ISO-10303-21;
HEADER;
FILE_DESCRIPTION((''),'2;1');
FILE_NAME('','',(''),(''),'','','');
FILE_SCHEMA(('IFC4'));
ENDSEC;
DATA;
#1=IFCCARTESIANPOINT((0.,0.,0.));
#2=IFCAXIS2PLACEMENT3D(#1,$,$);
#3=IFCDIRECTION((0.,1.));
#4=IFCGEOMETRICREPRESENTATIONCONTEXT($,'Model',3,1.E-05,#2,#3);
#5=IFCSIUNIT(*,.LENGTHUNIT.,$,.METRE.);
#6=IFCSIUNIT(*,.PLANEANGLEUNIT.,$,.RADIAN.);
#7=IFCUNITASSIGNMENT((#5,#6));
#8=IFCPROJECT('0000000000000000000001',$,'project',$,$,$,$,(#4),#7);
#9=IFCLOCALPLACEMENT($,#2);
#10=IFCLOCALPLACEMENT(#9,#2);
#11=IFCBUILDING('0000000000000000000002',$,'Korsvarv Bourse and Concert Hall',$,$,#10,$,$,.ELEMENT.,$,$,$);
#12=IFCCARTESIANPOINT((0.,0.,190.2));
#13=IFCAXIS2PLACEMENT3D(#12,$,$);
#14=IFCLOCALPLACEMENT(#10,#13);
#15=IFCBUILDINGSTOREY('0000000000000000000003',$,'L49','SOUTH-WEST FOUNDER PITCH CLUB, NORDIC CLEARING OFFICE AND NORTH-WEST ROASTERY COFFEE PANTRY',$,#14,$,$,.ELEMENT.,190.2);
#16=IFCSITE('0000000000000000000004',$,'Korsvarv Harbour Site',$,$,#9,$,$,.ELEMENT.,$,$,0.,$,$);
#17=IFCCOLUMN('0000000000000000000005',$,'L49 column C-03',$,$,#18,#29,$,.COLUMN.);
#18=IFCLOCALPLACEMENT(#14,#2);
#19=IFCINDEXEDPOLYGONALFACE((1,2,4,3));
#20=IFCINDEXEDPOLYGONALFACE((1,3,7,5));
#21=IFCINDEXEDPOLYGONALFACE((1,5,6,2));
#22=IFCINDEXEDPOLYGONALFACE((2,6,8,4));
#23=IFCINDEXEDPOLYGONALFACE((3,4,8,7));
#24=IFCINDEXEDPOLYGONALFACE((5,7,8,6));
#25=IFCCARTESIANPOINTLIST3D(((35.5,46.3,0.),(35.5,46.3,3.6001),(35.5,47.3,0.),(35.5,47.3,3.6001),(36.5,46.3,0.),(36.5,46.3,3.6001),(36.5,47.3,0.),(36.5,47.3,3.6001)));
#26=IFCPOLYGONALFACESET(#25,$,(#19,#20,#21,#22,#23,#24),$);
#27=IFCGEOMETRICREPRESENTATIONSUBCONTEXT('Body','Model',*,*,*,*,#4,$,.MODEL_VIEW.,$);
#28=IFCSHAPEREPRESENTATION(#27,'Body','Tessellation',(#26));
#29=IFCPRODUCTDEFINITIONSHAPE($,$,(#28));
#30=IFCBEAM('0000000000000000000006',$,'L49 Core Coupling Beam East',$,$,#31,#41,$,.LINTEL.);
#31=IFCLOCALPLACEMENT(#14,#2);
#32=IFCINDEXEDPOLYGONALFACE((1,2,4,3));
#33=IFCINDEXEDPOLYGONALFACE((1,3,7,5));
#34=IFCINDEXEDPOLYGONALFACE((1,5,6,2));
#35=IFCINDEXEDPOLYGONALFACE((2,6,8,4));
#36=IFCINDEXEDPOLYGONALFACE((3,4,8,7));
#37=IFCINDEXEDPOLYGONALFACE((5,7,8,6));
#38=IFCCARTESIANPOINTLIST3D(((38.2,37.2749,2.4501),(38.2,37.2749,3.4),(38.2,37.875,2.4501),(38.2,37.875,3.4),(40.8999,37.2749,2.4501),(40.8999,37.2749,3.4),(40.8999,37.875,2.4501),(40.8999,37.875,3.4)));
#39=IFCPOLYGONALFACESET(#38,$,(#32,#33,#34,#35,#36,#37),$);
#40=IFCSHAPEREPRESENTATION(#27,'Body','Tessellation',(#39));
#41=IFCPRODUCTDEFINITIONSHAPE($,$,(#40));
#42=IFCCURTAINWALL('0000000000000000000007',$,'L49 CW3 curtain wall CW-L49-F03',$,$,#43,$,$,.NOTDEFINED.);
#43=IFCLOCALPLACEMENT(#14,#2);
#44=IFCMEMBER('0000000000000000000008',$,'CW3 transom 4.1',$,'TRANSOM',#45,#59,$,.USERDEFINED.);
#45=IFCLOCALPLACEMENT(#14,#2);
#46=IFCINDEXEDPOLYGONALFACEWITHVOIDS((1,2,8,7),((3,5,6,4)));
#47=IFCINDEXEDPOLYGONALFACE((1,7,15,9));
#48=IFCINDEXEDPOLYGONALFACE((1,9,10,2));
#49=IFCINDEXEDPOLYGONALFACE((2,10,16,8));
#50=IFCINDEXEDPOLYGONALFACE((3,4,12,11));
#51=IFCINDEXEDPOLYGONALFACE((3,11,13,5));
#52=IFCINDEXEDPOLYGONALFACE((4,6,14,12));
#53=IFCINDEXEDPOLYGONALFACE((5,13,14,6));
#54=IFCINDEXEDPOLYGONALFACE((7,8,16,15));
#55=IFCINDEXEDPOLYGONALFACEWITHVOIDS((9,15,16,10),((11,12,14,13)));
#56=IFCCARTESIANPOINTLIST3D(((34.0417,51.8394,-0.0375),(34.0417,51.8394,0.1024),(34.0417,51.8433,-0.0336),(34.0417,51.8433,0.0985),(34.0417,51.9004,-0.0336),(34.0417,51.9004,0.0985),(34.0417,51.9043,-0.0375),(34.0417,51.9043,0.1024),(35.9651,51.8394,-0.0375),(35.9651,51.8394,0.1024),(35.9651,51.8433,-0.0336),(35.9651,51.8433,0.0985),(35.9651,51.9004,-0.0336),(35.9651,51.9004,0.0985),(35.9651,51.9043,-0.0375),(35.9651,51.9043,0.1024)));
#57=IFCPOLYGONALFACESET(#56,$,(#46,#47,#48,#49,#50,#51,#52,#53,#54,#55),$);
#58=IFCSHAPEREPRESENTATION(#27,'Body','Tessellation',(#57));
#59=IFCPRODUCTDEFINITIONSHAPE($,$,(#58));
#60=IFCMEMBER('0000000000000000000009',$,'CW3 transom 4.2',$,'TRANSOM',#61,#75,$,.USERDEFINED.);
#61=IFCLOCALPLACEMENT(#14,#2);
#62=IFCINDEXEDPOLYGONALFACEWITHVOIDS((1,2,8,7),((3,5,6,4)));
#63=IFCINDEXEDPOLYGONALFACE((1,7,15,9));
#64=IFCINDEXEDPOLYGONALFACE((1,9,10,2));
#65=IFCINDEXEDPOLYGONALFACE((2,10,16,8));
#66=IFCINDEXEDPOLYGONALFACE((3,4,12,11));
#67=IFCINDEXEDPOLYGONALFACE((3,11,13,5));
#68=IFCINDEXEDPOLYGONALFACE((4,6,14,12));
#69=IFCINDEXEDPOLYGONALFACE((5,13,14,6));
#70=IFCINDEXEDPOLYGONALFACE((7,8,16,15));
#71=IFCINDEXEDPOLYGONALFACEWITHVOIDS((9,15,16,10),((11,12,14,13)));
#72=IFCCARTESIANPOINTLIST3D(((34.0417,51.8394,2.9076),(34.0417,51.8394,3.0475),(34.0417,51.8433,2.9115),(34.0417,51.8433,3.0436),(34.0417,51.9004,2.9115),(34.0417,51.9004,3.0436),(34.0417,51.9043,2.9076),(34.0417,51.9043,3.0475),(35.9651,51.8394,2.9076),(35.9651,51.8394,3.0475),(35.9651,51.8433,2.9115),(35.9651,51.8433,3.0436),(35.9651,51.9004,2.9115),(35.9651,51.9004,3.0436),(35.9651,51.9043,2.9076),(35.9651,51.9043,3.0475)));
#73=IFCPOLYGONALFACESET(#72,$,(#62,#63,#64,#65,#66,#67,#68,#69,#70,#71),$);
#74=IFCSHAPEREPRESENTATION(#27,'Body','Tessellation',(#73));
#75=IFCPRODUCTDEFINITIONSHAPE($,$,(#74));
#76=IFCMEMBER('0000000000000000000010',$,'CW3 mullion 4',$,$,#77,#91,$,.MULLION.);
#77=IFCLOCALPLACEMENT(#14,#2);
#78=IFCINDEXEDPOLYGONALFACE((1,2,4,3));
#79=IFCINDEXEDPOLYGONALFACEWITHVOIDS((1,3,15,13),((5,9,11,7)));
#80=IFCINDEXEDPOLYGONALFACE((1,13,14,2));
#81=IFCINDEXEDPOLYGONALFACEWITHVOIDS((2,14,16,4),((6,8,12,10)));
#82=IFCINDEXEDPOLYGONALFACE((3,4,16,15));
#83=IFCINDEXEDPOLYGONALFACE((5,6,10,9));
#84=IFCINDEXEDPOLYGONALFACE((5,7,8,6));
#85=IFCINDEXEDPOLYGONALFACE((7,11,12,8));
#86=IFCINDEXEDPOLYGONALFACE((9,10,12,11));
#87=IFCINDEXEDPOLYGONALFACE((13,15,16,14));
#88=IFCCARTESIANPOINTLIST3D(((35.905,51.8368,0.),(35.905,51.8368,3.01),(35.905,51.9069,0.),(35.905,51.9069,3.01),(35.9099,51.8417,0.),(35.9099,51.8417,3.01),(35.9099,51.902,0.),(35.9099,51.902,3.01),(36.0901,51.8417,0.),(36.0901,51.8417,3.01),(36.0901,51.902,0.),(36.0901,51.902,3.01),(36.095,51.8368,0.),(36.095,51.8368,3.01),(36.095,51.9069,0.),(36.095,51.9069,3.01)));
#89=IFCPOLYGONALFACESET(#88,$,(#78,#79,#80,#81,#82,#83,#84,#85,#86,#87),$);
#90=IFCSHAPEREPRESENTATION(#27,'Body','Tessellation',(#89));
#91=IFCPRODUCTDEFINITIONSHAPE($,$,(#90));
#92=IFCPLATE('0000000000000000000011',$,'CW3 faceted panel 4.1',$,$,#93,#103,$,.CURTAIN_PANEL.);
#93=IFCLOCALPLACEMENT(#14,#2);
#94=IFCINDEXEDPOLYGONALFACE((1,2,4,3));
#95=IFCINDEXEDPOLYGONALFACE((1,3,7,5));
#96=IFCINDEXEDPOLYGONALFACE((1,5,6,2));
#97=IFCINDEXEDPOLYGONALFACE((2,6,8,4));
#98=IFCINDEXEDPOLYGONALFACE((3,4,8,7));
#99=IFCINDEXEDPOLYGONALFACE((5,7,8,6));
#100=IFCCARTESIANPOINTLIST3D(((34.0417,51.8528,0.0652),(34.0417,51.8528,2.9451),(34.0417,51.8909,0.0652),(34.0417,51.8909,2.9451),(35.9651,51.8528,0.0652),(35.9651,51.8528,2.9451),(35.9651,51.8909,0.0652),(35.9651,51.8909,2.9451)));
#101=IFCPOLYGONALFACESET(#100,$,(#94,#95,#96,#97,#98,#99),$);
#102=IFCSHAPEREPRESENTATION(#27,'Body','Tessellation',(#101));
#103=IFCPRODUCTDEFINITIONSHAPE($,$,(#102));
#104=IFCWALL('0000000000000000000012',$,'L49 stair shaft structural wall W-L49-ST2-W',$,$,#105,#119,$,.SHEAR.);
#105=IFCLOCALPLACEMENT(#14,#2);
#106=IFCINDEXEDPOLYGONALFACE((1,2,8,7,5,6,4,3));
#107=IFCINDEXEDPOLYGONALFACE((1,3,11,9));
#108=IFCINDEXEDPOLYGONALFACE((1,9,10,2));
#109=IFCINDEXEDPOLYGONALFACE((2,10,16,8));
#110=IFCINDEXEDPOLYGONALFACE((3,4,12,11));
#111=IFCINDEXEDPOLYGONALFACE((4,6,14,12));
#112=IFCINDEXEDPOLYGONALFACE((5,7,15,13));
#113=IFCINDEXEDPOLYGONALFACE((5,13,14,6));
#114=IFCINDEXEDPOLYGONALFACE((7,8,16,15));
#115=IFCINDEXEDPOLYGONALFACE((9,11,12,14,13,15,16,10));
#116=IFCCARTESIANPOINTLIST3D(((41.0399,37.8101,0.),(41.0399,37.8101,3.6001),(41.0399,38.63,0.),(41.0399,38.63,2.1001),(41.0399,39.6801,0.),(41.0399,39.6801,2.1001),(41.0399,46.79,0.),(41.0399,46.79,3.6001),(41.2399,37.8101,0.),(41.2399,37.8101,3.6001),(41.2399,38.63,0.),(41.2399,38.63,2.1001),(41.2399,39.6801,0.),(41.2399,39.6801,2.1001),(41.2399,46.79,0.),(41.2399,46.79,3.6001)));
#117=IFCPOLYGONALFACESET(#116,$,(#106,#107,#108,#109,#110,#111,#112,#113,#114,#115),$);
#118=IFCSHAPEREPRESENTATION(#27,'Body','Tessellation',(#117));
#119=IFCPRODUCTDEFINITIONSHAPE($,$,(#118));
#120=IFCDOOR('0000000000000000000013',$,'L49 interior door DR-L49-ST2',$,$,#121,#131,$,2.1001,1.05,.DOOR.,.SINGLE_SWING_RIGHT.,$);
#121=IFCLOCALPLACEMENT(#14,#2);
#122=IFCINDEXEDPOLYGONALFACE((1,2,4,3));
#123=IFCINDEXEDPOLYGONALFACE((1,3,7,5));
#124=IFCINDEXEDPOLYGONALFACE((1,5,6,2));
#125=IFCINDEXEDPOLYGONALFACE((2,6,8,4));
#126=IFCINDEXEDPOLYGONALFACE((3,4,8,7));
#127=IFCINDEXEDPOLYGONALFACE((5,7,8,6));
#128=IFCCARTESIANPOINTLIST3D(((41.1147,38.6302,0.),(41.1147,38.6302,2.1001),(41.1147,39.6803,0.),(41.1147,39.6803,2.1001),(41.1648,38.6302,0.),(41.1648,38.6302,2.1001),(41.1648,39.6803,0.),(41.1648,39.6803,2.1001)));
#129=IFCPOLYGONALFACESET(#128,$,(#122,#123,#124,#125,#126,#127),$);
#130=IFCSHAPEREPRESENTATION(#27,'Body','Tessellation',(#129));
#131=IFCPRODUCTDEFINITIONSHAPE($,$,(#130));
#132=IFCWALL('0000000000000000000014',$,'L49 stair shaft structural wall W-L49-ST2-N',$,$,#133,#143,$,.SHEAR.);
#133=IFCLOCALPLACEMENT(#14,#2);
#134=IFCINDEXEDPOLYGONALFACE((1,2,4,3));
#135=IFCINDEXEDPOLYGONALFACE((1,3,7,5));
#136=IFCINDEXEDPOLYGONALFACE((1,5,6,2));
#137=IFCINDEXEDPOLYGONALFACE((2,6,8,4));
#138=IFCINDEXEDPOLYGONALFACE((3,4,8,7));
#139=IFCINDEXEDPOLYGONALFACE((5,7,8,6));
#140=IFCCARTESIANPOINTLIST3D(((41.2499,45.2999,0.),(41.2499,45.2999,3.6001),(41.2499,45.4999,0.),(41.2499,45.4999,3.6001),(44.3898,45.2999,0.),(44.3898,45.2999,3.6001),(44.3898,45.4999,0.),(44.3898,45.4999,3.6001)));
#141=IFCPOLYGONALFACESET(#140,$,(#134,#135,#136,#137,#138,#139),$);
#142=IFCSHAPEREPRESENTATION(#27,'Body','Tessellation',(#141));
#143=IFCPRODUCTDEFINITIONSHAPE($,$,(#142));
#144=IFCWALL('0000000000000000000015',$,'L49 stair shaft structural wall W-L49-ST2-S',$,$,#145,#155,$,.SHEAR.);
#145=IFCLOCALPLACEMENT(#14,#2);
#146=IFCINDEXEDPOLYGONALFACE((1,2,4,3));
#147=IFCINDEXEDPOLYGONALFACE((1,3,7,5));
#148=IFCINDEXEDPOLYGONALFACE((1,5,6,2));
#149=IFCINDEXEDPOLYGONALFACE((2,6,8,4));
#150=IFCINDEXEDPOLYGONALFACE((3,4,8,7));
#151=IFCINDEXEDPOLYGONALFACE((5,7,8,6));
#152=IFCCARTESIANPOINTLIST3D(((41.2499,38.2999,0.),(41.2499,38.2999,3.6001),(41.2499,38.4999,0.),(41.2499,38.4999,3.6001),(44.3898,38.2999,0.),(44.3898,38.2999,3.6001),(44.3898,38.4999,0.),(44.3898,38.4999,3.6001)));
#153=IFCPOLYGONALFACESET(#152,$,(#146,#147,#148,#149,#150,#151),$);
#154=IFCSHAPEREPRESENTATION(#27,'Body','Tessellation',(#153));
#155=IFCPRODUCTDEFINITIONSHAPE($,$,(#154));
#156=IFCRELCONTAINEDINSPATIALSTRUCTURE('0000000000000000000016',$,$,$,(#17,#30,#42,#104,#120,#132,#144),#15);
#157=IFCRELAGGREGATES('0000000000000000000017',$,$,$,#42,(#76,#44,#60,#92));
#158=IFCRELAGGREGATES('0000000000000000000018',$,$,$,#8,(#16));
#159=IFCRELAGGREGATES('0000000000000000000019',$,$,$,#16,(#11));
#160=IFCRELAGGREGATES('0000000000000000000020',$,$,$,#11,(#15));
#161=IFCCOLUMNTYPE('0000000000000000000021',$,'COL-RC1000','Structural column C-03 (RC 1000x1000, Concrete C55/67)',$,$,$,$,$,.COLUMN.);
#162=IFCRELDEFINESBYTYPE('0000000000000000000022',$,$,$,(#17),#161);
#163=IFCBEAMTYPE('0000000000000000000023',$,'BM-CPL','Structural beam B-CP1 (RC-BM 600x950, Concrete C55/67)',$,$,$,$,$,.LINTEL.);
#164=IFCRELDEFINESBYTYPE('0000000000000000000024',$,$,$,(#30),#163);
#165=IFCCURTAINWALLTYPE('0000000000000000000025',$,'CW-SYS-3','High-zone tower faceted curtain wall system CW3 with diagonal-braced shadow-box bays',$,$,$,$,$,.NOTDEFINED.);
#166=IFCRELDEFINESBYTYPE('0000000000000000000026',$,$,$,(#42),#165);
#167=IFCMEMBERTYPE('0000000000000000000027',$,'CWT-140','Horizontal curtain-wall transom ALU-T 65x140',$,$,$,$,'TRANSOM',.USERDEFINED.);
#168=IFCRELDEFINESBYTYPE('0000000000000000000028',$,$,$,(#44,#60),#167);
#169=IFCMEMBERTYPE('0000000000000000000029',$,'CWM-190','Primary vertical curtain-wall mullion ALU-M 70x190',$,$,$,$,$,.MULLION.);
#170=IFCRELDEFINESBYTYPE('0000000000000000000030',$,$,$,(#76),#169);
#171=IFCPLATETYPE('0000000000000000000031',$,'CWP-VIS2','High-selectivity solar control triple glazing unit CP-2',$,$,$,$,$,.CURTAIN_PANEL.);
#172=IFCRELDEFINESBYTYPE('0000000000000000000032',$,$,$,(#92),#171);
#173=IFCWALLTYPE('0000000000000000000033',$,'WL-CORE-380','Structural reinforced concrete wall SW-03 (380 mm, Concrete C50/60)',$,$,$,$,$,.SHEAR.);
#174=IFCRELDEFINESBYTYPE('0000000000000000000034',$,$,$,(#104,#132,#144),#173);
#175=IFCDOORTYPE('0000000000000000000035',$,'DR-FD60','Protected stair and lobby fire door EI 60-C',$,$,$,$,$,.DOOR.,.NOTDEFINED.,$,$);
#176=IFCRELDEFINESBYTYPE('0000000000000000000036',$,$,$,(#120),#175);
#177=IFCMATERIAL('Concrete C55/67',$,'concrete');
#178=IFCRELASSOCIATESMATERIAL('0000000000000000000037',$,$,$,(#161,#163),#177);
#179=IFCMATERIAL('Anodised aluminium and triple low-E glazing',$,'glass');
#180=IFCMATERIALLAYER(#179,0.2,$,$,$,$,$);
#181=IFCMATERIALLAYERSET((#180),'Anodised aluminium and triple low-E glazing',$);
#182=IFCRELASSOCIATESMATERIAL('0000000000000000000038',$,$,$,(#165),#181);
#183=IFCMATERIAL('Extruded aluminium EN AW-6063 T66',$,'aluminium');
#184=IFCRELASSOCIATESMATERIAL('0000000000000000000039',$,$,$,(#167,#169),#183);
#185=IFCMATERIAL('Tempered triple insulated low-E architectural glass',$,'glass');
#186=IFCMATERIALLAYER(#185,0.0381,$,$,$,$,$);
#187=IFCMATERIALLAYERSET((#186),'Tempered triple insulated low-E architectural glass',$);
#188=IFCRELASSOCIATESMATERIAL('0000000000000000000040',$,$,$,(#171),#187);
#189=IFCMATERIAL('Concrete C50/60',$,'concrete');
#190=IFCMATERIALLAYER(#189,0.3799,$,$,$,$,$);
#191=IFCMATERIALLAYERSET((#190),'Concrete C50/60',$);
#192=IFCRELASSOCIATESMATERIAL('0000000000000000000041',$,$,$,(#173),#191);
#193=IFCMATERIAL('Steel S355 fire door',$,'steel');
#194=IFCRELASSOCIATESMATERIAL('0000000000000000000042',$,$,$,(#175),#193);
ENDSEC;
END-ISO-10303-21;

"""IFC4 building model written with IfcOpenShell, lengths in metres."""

from ifc_helpers import new_model, si_unit, direction, frame, frame_2d, origin, origin_2d, place, context, subcontext, project, spatial, rectangle, hollow_rectangle, extrude, source, transform, mapped, material, layer, layer_set, material_profile, profile_set, type_object, element, fill, aggregate, save


model = new_model("IFC4")

# Units and contexts
model_context = context("Model", 3, precision=1e-05, world=origin(), true_north=direction((0.0, 1.0)))
body_context = subcontext(model_context, "Body", "Model", "MODEL_VIEW")
ifc_project = project(units=[si_unit("LENGTHUNIT", "METRE"), si_unit("PLANEANGLEUNIT", "RADIAN")], contexts=[model_context])

# Site, building, storey
site_placement = place(None, origin())
site = spatial("IfcSite", under=ifc_project, at=site_placement, Name="Korsvarv Harbour Site", CompositionType="ELEMENT", RefElevation=0.0)
building_placement = place(site_placement, origin())
building = spatial("IfcBuilding", under=site, at=building_placement, Name="Korsvarv Bourse and Concert Hall", CompositionType="ELEMENT")
storey_placement = place(building_placement, frame((0.0, 0.0, 190.2)))
storey = spatial("IfcBuildingStorey", under=building, at=storey_placement, Name="L49", Description="SOUTH-WEST FOUNDER PITCH CLUB, NORDIC CLEARING OFFICE AND NORTH-WEST ROASTERY COFFEE PANTRY", CompositionType="ELEMENT", Elevation=190.2)

# Column
ifc_material_1 = material(Name="Concrete C55/67", Category="concrete")
ifc_material_profile_1 = material_profile(ifc_material_1, rectangle(XDim=1.0, YDim=1.0, at=origin_2d()), Name="RC 1000x1000")
ifc_profile_set_1 = profile_set([ifc_material_profile_1], Name="Concrete C55/67")
column_type = type_object("IfcColumnType", Name="COL-RC1000", Description="Structural column C-03 (RC 1000x1000, Concrete C55/67)", PredefinedType="COLUMN", material=ifc_profile_set_1)
shared_shape_1 = source(origin(), body_context, "Body", "SweptSolid", [
    extrude(rectangle(XDim=1.0, YDim=1.0, at=origin_2d()), origin(), (0.0, 0.0, 1.0), 3.6001),
])
column_placement = place(storey_placement, frame((36.0, 46.8, 0.0), z_axis=(0.0, 0.0, 1.0), x_axis=(1.0, 0.0, 0.0)))
element("IfcColumn", 1, at=column_placement, inside=storey, type_object=column_type, Name="L49 column C-03", PredefinedType="COLUMN", context=body_context, shape_type="MappedRepresentation", body=[
    mapped(shared_shape_1, transform((0.0, 0.0, 0.0), scale=1.0)),
])

# Beam
ifc_material_profile_2 = material_profile(ifc_material_1, rectangle(XDim=0.6001, YDim=0.95, at=origin_2d()), Name="RC-BM 600x950")
ifc_profile_set_2 = profile_set([ifc_material_profile_2], Name="Concrete C55/67")
beam_type = type_object("IfcBeamType", Name="BM-CPL", Description="Structural beam B-CP1 (RC-BM 600x950, Concrete C55/67)", PredefinedType="LINTEL", material=ifc_profile_set_2)
shared_shape_2 = source(origin(), body_context, "Body", "SweptSolid", [
    extrude(rectangle(XDim=0.6001, YDim=0.95, at=origin_2d()), origin(), (0.0, 0.0, 1.0), 2.7),
])
beam_placement = place(storey_placement, frame((38.2, 37.575, 2.925), z_axis=(1.0, 0.0, 0.0), x_axis=(0.0, 1.0, 0.0)))
element("IfcBeam", 2, at=beam_placement, inside=storey, type_object=beam_type, Name="L49 Core Coupling Beam East", PredefinedType="LINTEL", context=body_context, shape_type="MappedRepresentation", body=[
    mapped(shared_shape_2, transform((0.0, 0.0, 0.0), scale=1.0)),
])

# Curtain wall, members, plate
ifc_material_2 = material(Name="Anodised aluminium and triple low-E glazing", Category="glass")
ifc_layer_1 = layer(ifc_material_2, 0.2)
ifc_layer_set_1 = layer_set([ifc_layer_1], Name="Anodised aluminium and triple low-E glazing")
curtain_wall_type = type_object("IfcCurtainWallType", Name="CW-SYS-3", Description="High-zone tower faceted curtain wall system CW3 with diagonal-braced shadow-box bays", PredefinedType="NOTDEFINED", material=ifc_layer_set_1)
curtain_wall_placement = place(storey_placement, origin())
curtain_wall = element("IfcCurtainWall", 3, at=curtain_wall_placement, inside=storey, type_object=curtain_wall_type, Name="L49 CW3 curtain wall CW-L49-F03", PredefinedType="NOTDEFINED")
ifc_material_3 = material(Name="Extruded aluminium EN AW-6063 T66", Category="aluminium")
ifc_material_profile_3 = material_profile(ifc_material_3, hollow_rectangle(XDim=0.0649, YDim=0.1399, WallThickness=0.0039, at=origin_2d()), Name="ALU-T 65x140")
ifc_profile_set_3 = profile_set([ifc_material_profile_3], Name="Extruded aluminium EN AW-6063 T66")
member_type_1 = type_object("IfcMemberType", Name="CWT-140", Description="Horizontal curtain-wall transom ALU-T 65x140", ElementType="TRANSOM", PredefinedType="USERDEFINED", material=ifc_profile_set_3)
shared_shape_3 = source(origin(), body_context, "Body", "SweptSolid", [
    extrude(hollow_rectangle(XDim=0.0649, YDim=0.1399, WallThickness=0.0039, at=origin_2d()), origin(), (0.0, 0.0, 1.0), 1.9233),
])
member_1_placement = place(storey_placement, frame((35.9651, 51.8718, 0.0325), z_axis=(-1.0, 0.0, 0.0), x_axis=(0.0, -1.0, 0.0)))
member_1 = element("IfcMember", 4, at=member_1_placement, type_object=member_type_1, Name="CW3 transom 4.1", ObjectType="TRANSOM", PredefinedType="USERDEFINED", context=body_context, shape_type="MappedRepresentation", body=[
    mapped(shared_shape_3, transform((0.0, 0.0, 0.0), scale=1.0)),
])
member_2_placement = place(storey_placement, frame((35.9651, 51.8718, 2.9775), z_axis=(-1.0, 0.0, 0.0), x_axis=(0.0, -1.0, 0.0)))
member_2 = element("IfcMember", 5, at=member_2_placement, type_object=member_type_1, Name="CW3 transom 4.2", ObjectType="TRANSOM", PredefinedType="USERDEFINED", context=body_context, shape_type="MappedRepresentation", body=[
    mapped(shared_shape_3, transform((0.0, 0.0, 0.0), scale=1.0)),
])
ifc_material_profile_4 = material_profile(ifc_material_3, hollow_rectangle(XDim=0.0701, YDim=0.1899, WallThickness=0.0049, at=origin_2d()), Name="ALU-M 70x190")
ifc_profile_set_4 = profile_set([ifc_material_profile_4], Name="Extruded aluminium EN AW-6063 T66")
member_type_2 = type_object("IfcMemberType", Name="CWM-190", Description="Primary vertical curtain-wall mullion ALU-M 70x190", PredefinedType="MULLION", material=ifc_profile_set_4)
shared_shape_4 = source(origin(), body_context, "Body", "SweptSolid", [
    extrude(hollow_rectangle(XDim=0.0701, YDim=0.1899, WallThickness=0.0049, at=origin_2d()), origin(), (0.0, 0.0, 1.0), 3.01),
])
member_3_placement = place(storey_placement, frame((36.0, 51.8718, 0.0), z_axis=(0.0, 0.0, 1.0), x_axis=(0.0, -1.0, 0.0)))
member_3 = element("IfcMember", 6, at=member_3_placement, type_object=member_type_2, Name="CW3 mullion 4", PredefinedType="MULLION", context=body_context, shape_type="MappedRepresentation", body=[
    mapped(shared_shape_4, transform((0.0, 0.0, 0.0), scale=1.0)),
])
ifc_material_4 = material(Name="Tempered triple insulated low-E architectural glass", Category="glass")
ifc_layer_2 = layer(ifc_material_4, 0.0381)
ifc_layer_set_2 = layer_set([ifc_layer_2], Name="Tempered triple insulated low-E architectural glass")
plate_type = type_object("IfcPlateType", Name="CWP-VIS2", Description="High-selectivity solar control triple glazing unit CP-2", PredefinedType="CURTAIN_PANEL", material=ifc_layer_set_2)
shared_shape_5 = source(origin(), body_context, "Body", "SweptSolid", [
    extrude(rectangle(XDim=1.9233, YDim=0.0381, at=origin_2d()), origin(), (0.0, 0.0, 1.0), 2.8799),
])
plate_placement = place(storey_placement, frame((35.0034, 51.8718, 0.0652), z_axis=(0.0, 0.0, 1.0), x_axis=(-1.0, 0.0, 0.0)))
plate = element("IfcPlate", 7, at=plate_placement, type_object=plate_type, Name="CW3 faceted panel 4.1", PredefinedType="CURTAIN_PANEL", context=body_context, shape_type="MappedRepresentation", body=[
    mapped(shared_shape_5, transform((0.0, 0.0, 0.0), scale=1.0)),
])
aggregate(curtain_wall, [member_3, member_1, member_2, plate])

# Wall, opening, door
ifc_material_5 = material(Name="Concrete C50/60", Category="concrete")
ifc_layer_3 = layer(ifc_material_5, 0.3799)
ifc_layer_set_3 = layer_set([ifc_layer_3], Name="Concrete C50/60")
wall_type_1 = type_object("IfcWallType", Name="WL-CORE-380", Description="Structural reinforced concrete wall SW-03 (380 mm, Concrete C50/60)", PredefinedType="SHEAR", material=ifc_layer_set_3)
wall_1_placement = place(storey_placement, frame((41.1399, 37.8101, 0.0), z_axis=(0.0, 0.0, 1.0), x_axis=(0.0, 1.0, 0.0)))
wall_1 = element("IfcWall", 8, at=wall_1_placement, inside=storey, type_object=wall_type_1, Name="L49 stair shaft structural wall W-L49-ST2-W", PredefinedType="SHEAR", context=body_context, shape_type="SweptSolid", body=[
    extrude(rectangle(XDim=8.98, YDim=0.2, at=frame_2d((4.49, 0.0))), origin(), (0.0, 0.0, 1.0), 3.6001),
])
opening_1_placement = place(wall_1_placement, frame((0.8201, 0.0, 0.0)))
opening_1 = element("IfcOpeningElement", 9, at=opening_1_placement, cuts=wall_1, PredefinedType="OPENING", context=body_context, shape_type="SweptSolid", body=[
    extrude(rectangle(XDim=1.05, YDim=2.1001, at=frame_2d((0.5249, 1.05))), frame((0.0, 0.1099, 0.0), z_axis=(0.0, -1.0, 0.0), x_axis=(1.0, 0.0, 0.0)), (0.0, 0.0, 1.0), 0.22),
])
ifc_material_6 = material(Name="Steel S355 fire door", Category="steel")
door_type_1 = type_object("IfcDoorType", Name="DR-FD60", Description="Protected stair and lobby fire door EI 60-C", OperationType="NOTDEFINED", PredefinedType="DOOR", material=ifc_material_6)
door_1_placement = place(opening_1_placement, frame((1.05, 0.0, 0.0), z_axis=(0.0, 0.0, 1.0), x_axis=(-1.0, 0.0, 0.0)))
door_1 = element("IfcDoor", 10, at=door_1_placement, inside=storey, type_object=door_type_1, Name="L49 interior door DR-L49-ST2", OperationType="SINGLE_SWING_RIGHT", OverallHeight=2.1001, OverallWidth=1.05, PredefinedType="DOOR", context=body_context, shape_type="SweptSolid", body=[
    extrude(rectangle(XDim=1.05, YDim=2.1001, at=frame_2d((0.5249, 1.05))), frame((0.0, 0.0249, 0.0), z_axis=(0.0, -1.0, 0.0), x_axis=(1.0, 0.0, 0.0)), (0.0, 0.0, 1.0), 0.05),
])
fill(opening_1, door_1)

# Walls
for number, where, z_axis, x_axis, name in (
    (11, (41.25, 45.3999, 0.0), (0.0, 0.0, 1.0), (1.0, 0.0, 0.0), "L49 stair shaft structural wall W-L49-ST2-N"),
    (12, (41.25, 38.3999, 0.0), (0.0, 0.0, 1.0), (1.0, 0.0, 0.0), "L49 stair shaft structural wall W-L49-ST2-S"),
):
    element("IfcWall", number, at=place(storey_placement, frame(where, z_axis=z_axis, x_axis=x_axis)), inside=storey, type_object=wall_type_1, Name=name, PredefinedType="SHEAR", context=body_context, shape_type="SweptSolid", body=[
        extrude(rectangle(XDim=3.1399, YDim=0.2, at=frame_2d((1.5698, 0.0))), origin(), (0.0, 0.0, 1.0), 3.6001),
    ])

save(model, "model.ifc")
